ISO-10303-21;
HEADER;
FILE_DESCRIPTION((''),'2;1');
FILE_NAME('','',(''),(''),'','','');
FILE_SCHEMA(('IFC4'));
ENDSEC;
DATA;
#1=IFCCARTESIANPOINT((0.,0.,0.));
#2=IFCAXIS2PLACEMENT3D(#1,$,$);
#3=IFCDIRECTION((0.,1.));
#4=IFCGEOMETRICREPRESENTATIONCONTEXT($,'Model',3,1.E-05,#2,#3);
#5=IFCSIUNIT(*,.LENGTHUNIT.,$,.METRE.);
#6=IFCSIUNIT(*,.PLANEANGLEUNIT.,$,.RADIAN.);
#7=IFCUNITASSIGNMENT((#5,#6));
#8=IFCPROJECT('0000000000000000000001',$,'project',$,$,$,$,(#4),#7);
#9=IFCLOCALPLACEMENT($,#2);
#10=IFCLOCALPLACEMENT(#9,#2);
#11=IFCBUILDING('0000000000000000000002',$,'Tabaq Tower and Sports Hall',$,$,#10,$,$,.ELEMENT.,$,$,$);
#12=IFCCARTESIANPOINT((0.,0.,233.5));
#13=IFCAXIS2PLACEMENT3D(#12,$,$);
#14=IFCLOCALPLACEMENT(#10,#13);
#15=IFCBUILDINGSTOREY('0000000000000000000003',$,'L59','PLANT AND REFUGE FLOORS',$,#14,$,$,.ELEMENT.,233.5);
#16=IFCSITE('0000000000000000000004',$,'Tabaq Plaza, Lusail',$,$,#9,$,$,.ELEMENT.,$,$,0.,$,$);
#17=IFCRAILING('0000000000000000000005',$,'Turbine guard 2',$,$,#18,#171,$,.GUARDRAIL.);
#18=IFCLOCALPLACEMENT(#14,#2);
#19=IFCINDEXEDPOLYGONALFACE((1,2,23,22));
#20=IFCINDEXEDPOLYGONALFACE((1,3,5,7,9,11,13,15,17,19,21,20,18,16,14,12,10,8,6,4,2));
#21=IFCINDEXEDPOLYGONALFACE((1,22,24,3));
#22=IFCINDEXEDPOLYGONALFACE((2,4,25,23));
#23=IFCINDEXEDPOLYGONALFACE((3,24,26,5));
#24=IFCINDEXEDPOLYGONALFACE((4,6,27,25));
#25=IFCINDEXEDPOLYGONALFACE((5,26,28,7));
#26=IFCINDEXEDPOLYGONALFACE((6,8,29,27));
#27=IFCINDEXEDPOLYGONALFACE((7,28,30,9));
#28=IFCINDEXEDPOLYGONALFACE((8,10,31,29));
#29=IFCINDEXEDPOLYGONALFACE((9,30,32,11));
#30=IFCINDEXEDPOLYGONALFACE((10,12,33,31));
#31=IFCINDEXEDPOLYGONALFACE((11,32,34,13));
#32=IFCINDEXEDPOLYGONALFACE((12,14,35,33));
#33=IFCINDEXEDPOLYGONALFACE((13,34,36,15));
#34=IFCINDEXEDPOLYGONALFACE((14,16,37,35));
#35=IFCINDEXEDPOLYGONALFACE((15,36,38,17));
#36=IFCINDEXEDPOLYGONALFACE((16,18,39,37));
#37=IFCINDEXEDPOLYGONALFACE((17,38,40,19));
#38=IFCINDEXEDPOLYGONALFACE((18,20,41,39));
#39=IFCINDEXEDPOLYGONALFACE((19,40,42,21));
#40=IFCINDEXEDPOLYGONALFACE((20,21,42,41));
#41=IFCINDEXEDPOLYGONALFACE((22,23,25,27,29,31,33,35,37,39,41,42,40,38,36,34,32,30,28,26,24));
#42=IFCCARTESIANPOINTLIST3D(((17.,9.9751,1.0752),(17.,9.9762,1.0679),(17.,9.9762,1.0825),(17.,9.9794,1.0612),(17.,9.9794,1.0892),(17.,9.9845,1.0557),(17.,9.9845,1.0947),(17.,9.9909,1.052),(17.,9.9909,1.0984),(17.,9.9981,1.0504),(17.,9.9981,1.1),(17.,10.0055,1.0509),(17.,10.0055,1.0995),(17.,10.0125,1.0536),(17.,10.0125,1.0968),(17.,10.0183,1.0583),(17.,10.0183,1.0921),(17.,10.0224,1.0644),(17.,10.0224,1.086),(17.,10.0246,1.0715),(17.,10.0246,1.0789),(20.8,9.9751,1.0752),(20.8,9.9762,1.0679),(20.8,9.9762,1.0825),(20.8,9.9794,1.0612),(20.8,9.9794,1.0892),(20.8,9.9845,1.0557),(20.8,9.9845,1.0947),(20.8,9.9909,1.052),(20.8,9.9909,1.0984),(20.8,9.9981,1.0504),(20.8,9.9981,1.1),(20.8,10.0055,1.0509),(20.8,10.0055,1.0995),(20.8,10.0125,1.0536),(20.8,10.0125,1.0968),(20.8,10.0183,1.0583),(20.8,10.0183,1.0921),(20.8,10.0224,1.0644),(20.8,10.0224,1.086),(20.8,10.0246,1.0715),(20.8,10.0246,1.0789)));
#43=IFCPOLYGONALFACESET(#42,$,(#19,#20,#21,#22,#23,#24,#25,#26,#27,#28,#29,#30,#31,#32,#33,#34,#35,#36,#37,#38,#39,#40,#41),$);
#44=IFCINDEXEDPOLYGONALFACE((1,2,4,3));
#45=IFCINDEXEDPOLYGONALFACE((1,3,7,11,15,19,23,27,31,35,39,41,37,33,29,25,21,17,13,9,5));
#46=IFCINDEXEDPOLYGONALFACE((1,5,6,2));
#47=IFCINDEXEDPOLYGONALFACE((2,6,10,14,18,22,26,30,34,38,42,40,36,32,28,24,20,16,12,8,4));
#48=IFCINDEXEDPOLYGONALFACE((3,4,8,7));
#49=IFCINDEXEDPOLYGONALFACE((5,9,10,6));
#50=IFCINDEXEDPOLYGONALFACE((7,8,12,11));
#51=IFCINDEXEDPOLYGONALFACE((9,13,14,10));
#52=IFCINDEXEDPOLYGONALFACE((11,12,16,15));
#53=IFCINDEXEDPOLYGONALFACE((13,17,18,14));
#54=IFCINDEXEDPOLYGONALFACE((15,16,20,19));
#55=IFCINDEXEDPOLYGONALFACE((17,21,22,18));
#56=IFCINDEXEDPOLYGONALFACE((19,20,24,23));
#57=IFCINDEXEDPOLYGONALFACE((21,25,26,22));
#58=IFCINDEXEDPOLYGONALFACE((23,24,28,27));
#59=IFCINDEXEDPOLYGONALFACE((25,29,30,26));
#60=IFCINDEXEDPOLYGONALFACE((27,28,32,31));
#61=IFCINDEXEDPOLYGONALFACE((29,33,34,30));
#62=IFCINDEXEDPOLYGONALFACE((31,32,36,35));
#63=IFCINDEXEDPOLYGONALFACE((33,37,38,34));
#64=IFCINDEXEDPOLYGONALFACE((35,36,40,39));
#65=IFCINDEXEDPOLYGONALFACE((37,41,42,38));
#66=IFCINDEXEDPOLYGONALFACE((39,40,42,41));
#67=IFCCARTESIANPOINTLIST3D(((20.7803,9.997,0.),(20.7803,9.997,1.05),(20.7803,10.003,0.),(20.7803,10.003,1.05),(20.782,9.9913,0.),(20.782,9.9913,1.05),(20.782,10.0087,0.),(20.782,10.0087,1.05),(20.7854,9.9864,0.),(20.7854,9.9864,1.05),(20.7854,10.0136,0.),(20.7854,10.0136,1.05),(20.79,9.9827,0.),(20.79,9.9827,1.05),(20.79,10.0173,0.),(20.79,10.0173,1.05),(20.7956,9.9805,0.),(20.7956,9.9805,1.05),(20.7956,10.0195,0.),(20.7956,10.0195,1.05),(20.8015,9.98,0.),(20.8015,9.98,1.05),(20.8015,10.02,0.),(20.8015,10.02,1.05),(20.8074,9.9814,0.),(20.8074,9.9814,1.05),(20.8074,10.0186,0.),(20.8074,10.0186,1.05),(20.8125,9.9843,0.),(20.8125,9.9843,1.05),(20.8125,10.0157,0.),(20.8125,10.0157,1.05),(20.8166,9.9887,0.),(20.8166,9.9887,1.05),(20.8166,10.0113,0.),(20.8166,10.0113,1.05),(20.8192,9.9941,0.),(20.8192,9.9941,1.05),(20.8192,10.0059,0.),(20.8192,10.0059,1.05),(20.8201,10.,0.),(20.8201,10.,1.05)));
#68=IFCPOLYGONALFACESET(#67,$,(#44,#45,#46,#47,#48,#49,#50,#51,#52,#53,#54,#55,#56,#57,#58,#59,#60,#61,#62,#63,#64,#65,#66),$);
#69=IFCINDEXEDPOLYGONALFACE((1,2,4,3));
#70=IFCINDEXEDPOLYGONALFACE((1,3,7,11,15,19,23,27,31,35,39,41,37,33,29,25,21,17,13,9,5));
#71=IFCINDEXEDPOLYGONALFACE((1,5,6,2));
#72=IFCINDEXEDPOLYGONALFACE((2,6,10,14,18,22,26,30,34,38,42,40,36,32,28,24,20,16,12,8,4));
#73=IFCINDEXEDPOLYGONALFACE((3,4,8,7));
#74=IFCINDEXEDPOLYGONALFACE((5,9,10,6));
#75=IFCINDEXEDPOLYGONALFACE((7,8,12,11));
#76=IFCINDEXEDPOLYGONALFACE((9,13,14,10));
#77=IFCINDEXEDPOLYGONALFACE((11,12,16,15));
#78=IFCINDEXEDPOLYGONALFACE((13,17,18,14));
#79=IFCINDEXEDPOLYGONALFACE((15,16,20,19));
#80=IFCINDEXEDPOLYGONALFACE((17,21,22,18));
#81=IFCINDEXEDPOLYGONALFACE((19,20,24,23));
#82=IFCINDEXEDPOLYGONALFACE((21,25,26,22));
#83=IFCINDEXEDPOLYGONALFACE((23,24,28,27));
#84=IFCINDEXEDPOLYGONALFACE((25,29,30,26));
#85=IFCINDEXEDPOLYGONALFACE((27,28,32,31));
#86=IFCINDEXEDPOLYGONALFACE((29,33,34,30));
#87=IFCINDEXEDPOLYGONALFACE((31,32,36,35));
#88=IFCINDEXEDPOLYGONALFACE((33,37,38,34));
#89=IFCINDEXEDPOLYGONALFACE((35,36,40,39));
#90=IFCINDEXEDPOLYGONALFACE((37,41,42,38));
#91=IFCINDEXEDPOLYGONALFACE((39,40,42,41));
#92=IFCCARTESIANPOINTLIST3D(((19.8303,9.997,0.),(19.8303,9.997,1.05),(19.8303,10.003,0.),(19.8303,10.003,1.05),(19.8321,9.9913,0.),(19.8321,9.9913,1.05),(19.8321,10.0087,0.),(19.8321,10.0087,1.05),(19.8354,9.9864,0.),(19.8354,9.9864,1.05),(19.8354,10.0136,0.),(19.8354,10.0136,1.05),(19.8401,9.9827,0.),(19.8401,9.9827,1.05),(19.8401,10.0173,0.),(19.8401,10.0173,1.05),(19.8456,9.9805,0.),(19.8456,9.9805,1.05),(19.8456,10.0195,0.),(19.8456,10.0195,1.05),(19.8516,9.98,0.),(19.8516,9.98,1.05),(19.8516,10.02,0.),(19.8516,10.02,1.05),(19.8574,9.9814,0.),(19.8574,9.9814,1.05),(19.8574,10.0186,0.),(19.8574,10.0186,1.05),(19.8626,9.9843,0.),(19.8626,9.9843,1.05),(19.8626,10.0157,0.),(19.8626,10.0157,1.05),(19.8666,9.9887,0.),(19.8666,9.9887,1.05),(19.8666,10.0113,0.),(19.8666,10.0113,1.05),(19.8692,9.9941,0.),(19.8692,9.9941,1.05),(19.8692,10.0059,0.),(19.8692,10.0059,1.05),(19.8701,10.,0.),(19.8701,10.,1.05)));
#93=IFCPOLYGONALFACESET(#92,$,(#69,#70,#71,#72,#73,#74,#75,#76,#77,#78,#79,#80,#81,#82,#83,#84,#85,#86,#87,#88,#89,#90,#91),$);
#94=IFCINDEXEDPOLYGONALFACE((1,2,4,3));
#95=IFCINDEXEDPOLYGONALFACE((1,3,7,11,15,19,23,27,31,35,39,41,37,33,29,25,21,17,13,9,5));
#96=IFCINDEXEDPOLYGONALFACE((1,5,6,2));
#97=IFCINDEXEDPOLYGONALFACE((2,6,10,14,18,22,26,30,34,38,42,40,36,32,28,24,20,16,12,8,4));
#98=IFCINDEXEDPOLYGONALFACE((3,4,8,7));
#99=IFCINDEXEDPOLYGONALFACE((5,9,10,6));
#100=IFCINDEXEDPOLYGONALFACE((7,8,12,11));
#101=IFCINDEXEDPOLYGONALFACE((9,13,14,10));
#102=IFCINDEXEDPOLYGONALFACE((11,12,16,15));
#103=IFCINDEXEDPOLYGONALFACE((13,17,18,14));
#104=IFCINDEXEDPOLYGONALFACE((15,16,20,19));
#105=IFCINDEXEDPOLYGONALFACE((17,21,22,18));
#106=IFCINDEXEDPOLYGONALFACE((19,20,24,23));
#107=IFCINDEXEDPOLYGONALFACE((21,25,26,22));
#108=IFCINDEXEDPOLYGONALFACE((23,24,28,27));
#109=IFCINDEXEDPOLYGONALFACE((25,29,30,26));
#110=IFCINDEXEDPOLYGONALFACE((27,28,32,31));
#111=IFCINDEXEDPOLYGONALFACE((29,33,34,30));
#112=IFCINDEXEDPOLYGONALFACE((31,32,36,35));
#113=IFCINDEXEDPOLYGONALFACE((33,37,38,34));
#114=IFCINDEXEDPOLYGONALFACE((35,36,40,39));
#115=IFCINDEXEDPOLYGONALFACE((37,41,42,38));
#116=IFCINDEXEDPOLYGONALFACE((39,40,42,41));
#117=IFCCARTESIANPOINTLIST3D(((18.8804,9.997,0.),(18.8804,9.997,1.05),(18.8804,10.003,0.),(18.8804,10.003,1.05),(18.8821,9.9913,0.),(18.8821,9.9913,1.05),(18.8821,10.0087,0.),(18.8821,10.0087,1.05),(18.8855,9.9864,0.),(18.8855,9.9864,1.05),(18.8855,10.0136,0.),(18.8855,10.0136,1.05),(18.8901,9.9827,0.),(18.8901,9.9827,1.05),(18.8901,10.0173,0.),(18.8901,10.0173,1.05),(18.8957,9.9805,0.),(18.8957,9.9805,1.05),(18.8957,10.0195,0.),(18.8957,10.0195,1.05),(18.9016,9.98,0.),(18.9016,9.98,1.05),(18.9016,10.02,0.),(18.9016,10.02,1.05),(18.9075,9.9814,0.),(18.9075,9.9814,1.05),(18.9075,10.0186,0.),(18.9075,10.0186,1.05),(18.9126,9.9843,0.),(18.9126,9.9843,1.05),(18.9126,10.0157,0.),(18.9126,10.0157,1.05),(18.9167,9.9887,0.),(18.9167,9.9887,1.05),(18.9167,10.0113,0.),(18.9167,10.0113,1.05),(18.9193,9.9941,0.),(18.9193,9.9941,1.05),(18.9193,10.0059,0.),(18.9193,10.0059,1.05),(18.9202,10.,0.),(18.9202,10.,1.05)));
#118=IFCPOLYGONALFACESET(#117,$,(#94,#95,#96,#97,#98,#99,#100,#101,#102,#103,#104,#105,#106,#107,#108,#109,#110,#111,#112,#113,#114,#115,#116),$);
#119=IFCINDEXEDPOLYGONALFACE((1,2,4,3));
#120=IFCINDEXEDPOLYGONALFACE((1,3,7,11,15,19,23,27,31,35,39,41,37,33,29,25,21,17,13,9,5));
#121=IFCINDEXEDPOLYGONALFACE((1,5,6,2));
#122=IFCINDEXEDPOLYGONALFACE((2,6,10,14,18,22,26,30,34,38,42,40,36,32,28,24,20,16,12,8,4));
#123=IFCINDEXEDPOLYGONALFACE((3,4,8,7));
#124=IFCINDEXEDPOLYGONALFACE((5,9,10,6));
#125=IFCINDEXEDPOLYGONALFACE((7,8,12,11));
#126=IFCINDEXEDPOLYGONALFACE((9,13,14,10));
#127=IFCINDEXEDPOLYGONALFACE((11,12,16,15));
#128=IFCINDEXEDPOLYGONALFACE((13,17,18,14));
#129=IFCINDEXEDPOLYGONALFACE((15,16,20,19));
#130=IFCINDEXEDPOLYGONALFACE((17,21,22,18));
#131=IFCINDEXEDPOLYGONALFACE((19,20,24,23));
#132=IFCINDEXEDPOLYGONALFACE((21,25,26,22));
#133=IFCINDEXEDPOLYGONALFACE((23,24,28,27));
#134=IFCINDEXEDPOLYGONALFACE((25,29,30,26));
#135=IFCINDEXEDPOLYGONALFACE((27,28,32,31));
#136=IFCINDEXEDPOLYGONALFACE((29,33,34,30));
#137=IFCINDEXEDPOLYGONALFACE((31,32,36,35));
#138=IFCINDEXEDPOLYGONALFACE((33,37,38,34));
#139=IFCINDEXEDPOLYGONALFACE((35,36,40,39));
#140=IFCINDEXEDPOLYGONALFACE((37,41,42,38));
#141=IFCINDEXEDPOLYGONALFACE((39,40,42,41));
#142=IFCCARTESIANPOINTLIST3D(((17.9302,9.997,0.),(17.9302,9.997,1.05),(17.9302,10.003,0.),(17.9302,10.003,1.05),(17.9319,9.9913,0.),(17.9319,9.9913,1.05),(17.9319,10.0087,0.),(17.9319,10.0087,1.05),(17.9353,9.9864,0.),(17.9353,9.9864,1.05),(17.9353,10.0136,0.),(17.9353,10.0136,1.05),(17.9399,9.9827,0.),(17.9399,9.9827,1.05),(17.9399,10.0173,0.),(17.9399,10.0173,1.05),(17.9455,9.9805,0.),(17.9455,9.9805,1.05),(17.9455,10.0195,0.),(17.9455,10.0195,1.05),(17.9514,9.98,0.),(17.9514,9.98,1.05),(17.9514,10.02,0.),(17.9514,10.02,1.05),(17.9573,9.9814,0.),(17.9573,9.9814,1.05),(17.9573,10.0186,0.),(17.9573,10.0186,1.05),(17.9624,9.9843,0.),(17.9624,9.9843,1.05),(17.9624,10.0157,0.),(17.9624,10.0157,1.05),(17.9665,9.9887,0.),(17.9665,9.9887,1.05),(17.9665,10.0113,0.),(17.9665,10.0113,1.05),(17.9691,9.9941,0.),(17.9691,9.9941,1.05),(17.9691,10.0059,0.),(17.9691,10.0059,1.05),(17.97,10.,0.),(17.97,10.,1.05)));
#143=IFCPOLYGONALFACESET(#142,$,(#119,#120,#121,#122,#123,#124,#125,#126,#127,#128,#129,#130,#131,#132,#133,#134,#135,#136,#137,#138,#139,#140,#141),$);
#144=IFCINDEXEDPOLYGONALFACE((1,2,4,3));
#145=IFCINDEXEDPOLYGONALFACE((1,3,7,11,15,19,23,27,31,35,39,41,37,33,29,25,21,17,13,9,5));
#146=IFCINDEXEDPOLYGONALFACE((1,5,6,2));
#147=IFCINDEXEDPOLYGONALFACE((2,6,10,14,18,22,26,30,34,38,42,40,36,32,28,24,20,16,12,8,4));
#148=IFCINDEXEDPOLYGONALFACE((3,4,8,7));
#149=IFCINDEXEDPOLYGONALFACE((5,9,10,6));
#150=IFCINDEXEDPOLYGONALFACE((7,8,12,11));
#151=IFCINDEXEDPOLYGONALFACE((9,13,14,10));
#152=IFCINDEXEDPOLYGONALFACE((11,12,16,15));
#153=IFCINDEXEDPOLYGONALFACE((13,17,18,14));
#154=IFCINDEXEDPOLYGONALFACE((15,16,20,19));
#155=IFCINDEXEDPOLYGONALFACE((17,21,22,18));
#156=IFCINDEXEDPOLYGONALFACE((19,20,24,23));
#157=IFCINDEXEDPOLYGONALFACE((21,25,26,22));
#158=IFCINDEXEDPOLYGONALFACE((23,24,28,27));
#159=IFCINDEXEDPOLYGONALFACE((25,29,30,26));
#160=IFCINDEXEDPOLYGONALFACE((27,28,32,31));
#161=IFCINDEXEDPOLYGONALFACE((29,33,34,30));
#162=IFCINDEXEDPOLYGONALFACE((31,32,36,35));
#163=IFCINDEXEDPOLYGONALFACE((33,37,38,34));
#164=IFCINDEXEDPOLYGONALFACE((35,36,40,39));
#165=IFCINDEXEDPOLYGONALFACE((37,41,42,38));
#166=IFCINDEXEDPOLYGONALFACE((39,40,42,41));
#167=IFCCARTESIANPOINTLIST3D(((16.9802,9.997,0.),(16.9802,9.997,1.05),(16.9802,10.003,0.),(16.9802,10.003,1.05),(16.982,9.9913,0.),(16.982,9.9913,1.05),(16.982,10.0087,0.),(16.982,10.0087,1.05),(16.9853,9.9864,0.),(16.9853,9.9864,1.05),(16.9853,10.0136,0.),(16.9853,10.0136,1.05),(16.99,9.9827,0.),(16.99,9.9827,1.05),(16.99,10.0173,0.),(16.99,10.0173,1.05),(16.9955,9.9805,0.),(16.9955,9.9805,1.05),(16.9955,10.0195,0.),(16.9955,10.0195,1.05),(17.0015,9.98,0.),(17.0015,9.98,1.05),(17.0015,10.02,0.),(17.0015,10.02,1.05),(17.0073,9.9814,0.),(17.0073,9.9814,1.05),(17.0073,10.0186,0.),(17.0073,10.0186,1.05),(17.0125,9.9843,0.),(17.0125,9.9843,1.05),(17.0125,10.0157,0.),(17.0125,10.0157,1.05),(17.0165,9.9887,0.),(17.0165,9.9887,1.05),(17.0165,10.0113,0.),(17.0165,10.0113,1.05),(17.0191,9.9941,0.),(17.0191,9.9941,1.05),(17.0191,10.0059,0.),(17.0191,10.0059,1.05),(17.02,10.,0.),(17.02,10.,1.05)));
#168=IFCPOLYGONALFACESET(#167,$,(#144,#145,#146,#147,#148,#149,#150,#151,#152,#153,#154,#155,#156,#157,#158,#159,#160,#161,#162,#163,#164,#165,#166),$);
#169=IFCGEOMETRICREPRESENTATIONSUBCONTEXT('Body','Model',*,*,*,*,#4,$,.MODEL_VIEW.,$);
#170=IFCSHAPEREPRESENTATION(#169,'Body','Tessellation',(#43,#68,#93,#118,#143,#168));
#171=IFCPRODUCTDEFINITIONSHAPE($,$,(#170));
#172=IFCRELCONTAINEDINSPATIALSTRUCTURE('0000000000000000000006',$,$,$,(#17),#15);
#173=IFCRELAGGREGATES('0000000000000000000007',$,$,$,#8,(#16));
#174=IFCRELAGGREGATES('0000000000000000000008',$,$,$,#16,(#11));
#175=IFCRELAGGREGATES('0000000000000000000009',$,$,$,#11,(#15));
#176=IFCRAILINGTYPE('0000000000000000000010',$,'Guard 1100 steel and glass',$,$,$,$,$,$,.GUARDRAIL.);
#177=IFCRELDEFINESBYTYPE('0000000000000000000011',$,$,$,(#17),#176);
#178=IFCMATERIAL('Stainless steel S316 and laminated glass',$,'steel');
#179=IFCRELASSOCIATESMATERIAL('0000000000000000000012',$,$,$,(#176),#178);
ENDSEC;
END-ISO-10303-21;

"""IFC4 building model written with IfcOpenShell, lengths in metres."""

from ifc_helpers import new_model, si_unit, direction, frame, origin, origin_2d, place, context, subcontext, project, spatial, circle, extrude, material, type_object, element, save


model = new_model("IFC4")

# Units and contexts
model_context = context("Model", 3, precision=1e-05, world=origin(), true_north=direction((0.0, 1.0)))
body_context = subcontext(model_context, "Body", "Model", "MODEL_VIEW")
ifc_project = project(units=[si_unit("LENGTHUNIT", "METRE"), si_unit("PLANEANGLEUNIT", "RADIAN")], contexts=[model_context])

# Site, building, storey
site_placement = place(None, origin())
site = spatial("IfcSite", under=ifc_project, at=site_placement, Name="Tabaq Plaza, Lusail", CompositionType="ELEMENT", RefElevation=0.0)
building_placement = place(site_placement, origin())
building = spatial("IfcBuilding", under=site, at=building_placement, Name="Tabaq Tower and Sports Hall", CompositionType="ELEMENT")
storey_placement = place(building_placement, frame((0.0, 0.0, 233.5)))
storey = spatial("IfcBuildingStorey", under=building, at=storey_placement, Name="L59", Description="PLANT AND REFUGE FLOORS", CompositionType="ELEMENT", Elevation=233.5)

# Railing
ifc_material_1 = material(Name="Stainless steel S316 and laminated glass", Category="steel")
railing_type = type_object("IfcRailingType", Name="Guard 1100 steel and glass", PredefinedType="GUARDRAIL", material=ifc_material_1)
railing_1_placement = place(storey_placement, frame((20.8, 10.0, 0.0)))
element("IfcRailing", 1, at=railing_1_placement, inside=storey, type_object=railing_type, Name="Turbine guard 2", PredefinedType="GUARDRAIL", context=body_context, shape_type="SweptSolid", body=[
    extrude(circle(Radius=0.0249, at=origin_2d()), frame((0.0, 0.0, 1.0752), z_axis=(-1.0, 0.0, 0.0), x_axis=(0.0, -1.0, 0.0)), (0.0, 0.0, 1.0), 3.8),
    extrude(circle(Radius=0.02, at=origin_2d()), origin(), (0.0, 0.0, 1.0), 1.05),
    extrude(circle(Radius=0.02, at=origin_2d()), frame((-0.95, 0.0, 0.0)), (0.0, 0.0, 1.0), 1.05),
    extrude(circle(Radius=0.02, at=origin_2d()), frame((-1.8999, 0.0, 0.0)), (0.0, 0.0, 1.0), 1.05),
    extrude(circle(Radius=0.02, at=origin_2d()), frame((-2.8501, 0.0, 0.0)), (0.0, 0.0, 1.0), 1.05),
    extrude(circle(Radius=0.02, at=origin_2d()), frame((-3.8, 0.0, 0.0)), (0.0, 0.0, 1.0), 1.05),
])

save(model, "model.ifc")
